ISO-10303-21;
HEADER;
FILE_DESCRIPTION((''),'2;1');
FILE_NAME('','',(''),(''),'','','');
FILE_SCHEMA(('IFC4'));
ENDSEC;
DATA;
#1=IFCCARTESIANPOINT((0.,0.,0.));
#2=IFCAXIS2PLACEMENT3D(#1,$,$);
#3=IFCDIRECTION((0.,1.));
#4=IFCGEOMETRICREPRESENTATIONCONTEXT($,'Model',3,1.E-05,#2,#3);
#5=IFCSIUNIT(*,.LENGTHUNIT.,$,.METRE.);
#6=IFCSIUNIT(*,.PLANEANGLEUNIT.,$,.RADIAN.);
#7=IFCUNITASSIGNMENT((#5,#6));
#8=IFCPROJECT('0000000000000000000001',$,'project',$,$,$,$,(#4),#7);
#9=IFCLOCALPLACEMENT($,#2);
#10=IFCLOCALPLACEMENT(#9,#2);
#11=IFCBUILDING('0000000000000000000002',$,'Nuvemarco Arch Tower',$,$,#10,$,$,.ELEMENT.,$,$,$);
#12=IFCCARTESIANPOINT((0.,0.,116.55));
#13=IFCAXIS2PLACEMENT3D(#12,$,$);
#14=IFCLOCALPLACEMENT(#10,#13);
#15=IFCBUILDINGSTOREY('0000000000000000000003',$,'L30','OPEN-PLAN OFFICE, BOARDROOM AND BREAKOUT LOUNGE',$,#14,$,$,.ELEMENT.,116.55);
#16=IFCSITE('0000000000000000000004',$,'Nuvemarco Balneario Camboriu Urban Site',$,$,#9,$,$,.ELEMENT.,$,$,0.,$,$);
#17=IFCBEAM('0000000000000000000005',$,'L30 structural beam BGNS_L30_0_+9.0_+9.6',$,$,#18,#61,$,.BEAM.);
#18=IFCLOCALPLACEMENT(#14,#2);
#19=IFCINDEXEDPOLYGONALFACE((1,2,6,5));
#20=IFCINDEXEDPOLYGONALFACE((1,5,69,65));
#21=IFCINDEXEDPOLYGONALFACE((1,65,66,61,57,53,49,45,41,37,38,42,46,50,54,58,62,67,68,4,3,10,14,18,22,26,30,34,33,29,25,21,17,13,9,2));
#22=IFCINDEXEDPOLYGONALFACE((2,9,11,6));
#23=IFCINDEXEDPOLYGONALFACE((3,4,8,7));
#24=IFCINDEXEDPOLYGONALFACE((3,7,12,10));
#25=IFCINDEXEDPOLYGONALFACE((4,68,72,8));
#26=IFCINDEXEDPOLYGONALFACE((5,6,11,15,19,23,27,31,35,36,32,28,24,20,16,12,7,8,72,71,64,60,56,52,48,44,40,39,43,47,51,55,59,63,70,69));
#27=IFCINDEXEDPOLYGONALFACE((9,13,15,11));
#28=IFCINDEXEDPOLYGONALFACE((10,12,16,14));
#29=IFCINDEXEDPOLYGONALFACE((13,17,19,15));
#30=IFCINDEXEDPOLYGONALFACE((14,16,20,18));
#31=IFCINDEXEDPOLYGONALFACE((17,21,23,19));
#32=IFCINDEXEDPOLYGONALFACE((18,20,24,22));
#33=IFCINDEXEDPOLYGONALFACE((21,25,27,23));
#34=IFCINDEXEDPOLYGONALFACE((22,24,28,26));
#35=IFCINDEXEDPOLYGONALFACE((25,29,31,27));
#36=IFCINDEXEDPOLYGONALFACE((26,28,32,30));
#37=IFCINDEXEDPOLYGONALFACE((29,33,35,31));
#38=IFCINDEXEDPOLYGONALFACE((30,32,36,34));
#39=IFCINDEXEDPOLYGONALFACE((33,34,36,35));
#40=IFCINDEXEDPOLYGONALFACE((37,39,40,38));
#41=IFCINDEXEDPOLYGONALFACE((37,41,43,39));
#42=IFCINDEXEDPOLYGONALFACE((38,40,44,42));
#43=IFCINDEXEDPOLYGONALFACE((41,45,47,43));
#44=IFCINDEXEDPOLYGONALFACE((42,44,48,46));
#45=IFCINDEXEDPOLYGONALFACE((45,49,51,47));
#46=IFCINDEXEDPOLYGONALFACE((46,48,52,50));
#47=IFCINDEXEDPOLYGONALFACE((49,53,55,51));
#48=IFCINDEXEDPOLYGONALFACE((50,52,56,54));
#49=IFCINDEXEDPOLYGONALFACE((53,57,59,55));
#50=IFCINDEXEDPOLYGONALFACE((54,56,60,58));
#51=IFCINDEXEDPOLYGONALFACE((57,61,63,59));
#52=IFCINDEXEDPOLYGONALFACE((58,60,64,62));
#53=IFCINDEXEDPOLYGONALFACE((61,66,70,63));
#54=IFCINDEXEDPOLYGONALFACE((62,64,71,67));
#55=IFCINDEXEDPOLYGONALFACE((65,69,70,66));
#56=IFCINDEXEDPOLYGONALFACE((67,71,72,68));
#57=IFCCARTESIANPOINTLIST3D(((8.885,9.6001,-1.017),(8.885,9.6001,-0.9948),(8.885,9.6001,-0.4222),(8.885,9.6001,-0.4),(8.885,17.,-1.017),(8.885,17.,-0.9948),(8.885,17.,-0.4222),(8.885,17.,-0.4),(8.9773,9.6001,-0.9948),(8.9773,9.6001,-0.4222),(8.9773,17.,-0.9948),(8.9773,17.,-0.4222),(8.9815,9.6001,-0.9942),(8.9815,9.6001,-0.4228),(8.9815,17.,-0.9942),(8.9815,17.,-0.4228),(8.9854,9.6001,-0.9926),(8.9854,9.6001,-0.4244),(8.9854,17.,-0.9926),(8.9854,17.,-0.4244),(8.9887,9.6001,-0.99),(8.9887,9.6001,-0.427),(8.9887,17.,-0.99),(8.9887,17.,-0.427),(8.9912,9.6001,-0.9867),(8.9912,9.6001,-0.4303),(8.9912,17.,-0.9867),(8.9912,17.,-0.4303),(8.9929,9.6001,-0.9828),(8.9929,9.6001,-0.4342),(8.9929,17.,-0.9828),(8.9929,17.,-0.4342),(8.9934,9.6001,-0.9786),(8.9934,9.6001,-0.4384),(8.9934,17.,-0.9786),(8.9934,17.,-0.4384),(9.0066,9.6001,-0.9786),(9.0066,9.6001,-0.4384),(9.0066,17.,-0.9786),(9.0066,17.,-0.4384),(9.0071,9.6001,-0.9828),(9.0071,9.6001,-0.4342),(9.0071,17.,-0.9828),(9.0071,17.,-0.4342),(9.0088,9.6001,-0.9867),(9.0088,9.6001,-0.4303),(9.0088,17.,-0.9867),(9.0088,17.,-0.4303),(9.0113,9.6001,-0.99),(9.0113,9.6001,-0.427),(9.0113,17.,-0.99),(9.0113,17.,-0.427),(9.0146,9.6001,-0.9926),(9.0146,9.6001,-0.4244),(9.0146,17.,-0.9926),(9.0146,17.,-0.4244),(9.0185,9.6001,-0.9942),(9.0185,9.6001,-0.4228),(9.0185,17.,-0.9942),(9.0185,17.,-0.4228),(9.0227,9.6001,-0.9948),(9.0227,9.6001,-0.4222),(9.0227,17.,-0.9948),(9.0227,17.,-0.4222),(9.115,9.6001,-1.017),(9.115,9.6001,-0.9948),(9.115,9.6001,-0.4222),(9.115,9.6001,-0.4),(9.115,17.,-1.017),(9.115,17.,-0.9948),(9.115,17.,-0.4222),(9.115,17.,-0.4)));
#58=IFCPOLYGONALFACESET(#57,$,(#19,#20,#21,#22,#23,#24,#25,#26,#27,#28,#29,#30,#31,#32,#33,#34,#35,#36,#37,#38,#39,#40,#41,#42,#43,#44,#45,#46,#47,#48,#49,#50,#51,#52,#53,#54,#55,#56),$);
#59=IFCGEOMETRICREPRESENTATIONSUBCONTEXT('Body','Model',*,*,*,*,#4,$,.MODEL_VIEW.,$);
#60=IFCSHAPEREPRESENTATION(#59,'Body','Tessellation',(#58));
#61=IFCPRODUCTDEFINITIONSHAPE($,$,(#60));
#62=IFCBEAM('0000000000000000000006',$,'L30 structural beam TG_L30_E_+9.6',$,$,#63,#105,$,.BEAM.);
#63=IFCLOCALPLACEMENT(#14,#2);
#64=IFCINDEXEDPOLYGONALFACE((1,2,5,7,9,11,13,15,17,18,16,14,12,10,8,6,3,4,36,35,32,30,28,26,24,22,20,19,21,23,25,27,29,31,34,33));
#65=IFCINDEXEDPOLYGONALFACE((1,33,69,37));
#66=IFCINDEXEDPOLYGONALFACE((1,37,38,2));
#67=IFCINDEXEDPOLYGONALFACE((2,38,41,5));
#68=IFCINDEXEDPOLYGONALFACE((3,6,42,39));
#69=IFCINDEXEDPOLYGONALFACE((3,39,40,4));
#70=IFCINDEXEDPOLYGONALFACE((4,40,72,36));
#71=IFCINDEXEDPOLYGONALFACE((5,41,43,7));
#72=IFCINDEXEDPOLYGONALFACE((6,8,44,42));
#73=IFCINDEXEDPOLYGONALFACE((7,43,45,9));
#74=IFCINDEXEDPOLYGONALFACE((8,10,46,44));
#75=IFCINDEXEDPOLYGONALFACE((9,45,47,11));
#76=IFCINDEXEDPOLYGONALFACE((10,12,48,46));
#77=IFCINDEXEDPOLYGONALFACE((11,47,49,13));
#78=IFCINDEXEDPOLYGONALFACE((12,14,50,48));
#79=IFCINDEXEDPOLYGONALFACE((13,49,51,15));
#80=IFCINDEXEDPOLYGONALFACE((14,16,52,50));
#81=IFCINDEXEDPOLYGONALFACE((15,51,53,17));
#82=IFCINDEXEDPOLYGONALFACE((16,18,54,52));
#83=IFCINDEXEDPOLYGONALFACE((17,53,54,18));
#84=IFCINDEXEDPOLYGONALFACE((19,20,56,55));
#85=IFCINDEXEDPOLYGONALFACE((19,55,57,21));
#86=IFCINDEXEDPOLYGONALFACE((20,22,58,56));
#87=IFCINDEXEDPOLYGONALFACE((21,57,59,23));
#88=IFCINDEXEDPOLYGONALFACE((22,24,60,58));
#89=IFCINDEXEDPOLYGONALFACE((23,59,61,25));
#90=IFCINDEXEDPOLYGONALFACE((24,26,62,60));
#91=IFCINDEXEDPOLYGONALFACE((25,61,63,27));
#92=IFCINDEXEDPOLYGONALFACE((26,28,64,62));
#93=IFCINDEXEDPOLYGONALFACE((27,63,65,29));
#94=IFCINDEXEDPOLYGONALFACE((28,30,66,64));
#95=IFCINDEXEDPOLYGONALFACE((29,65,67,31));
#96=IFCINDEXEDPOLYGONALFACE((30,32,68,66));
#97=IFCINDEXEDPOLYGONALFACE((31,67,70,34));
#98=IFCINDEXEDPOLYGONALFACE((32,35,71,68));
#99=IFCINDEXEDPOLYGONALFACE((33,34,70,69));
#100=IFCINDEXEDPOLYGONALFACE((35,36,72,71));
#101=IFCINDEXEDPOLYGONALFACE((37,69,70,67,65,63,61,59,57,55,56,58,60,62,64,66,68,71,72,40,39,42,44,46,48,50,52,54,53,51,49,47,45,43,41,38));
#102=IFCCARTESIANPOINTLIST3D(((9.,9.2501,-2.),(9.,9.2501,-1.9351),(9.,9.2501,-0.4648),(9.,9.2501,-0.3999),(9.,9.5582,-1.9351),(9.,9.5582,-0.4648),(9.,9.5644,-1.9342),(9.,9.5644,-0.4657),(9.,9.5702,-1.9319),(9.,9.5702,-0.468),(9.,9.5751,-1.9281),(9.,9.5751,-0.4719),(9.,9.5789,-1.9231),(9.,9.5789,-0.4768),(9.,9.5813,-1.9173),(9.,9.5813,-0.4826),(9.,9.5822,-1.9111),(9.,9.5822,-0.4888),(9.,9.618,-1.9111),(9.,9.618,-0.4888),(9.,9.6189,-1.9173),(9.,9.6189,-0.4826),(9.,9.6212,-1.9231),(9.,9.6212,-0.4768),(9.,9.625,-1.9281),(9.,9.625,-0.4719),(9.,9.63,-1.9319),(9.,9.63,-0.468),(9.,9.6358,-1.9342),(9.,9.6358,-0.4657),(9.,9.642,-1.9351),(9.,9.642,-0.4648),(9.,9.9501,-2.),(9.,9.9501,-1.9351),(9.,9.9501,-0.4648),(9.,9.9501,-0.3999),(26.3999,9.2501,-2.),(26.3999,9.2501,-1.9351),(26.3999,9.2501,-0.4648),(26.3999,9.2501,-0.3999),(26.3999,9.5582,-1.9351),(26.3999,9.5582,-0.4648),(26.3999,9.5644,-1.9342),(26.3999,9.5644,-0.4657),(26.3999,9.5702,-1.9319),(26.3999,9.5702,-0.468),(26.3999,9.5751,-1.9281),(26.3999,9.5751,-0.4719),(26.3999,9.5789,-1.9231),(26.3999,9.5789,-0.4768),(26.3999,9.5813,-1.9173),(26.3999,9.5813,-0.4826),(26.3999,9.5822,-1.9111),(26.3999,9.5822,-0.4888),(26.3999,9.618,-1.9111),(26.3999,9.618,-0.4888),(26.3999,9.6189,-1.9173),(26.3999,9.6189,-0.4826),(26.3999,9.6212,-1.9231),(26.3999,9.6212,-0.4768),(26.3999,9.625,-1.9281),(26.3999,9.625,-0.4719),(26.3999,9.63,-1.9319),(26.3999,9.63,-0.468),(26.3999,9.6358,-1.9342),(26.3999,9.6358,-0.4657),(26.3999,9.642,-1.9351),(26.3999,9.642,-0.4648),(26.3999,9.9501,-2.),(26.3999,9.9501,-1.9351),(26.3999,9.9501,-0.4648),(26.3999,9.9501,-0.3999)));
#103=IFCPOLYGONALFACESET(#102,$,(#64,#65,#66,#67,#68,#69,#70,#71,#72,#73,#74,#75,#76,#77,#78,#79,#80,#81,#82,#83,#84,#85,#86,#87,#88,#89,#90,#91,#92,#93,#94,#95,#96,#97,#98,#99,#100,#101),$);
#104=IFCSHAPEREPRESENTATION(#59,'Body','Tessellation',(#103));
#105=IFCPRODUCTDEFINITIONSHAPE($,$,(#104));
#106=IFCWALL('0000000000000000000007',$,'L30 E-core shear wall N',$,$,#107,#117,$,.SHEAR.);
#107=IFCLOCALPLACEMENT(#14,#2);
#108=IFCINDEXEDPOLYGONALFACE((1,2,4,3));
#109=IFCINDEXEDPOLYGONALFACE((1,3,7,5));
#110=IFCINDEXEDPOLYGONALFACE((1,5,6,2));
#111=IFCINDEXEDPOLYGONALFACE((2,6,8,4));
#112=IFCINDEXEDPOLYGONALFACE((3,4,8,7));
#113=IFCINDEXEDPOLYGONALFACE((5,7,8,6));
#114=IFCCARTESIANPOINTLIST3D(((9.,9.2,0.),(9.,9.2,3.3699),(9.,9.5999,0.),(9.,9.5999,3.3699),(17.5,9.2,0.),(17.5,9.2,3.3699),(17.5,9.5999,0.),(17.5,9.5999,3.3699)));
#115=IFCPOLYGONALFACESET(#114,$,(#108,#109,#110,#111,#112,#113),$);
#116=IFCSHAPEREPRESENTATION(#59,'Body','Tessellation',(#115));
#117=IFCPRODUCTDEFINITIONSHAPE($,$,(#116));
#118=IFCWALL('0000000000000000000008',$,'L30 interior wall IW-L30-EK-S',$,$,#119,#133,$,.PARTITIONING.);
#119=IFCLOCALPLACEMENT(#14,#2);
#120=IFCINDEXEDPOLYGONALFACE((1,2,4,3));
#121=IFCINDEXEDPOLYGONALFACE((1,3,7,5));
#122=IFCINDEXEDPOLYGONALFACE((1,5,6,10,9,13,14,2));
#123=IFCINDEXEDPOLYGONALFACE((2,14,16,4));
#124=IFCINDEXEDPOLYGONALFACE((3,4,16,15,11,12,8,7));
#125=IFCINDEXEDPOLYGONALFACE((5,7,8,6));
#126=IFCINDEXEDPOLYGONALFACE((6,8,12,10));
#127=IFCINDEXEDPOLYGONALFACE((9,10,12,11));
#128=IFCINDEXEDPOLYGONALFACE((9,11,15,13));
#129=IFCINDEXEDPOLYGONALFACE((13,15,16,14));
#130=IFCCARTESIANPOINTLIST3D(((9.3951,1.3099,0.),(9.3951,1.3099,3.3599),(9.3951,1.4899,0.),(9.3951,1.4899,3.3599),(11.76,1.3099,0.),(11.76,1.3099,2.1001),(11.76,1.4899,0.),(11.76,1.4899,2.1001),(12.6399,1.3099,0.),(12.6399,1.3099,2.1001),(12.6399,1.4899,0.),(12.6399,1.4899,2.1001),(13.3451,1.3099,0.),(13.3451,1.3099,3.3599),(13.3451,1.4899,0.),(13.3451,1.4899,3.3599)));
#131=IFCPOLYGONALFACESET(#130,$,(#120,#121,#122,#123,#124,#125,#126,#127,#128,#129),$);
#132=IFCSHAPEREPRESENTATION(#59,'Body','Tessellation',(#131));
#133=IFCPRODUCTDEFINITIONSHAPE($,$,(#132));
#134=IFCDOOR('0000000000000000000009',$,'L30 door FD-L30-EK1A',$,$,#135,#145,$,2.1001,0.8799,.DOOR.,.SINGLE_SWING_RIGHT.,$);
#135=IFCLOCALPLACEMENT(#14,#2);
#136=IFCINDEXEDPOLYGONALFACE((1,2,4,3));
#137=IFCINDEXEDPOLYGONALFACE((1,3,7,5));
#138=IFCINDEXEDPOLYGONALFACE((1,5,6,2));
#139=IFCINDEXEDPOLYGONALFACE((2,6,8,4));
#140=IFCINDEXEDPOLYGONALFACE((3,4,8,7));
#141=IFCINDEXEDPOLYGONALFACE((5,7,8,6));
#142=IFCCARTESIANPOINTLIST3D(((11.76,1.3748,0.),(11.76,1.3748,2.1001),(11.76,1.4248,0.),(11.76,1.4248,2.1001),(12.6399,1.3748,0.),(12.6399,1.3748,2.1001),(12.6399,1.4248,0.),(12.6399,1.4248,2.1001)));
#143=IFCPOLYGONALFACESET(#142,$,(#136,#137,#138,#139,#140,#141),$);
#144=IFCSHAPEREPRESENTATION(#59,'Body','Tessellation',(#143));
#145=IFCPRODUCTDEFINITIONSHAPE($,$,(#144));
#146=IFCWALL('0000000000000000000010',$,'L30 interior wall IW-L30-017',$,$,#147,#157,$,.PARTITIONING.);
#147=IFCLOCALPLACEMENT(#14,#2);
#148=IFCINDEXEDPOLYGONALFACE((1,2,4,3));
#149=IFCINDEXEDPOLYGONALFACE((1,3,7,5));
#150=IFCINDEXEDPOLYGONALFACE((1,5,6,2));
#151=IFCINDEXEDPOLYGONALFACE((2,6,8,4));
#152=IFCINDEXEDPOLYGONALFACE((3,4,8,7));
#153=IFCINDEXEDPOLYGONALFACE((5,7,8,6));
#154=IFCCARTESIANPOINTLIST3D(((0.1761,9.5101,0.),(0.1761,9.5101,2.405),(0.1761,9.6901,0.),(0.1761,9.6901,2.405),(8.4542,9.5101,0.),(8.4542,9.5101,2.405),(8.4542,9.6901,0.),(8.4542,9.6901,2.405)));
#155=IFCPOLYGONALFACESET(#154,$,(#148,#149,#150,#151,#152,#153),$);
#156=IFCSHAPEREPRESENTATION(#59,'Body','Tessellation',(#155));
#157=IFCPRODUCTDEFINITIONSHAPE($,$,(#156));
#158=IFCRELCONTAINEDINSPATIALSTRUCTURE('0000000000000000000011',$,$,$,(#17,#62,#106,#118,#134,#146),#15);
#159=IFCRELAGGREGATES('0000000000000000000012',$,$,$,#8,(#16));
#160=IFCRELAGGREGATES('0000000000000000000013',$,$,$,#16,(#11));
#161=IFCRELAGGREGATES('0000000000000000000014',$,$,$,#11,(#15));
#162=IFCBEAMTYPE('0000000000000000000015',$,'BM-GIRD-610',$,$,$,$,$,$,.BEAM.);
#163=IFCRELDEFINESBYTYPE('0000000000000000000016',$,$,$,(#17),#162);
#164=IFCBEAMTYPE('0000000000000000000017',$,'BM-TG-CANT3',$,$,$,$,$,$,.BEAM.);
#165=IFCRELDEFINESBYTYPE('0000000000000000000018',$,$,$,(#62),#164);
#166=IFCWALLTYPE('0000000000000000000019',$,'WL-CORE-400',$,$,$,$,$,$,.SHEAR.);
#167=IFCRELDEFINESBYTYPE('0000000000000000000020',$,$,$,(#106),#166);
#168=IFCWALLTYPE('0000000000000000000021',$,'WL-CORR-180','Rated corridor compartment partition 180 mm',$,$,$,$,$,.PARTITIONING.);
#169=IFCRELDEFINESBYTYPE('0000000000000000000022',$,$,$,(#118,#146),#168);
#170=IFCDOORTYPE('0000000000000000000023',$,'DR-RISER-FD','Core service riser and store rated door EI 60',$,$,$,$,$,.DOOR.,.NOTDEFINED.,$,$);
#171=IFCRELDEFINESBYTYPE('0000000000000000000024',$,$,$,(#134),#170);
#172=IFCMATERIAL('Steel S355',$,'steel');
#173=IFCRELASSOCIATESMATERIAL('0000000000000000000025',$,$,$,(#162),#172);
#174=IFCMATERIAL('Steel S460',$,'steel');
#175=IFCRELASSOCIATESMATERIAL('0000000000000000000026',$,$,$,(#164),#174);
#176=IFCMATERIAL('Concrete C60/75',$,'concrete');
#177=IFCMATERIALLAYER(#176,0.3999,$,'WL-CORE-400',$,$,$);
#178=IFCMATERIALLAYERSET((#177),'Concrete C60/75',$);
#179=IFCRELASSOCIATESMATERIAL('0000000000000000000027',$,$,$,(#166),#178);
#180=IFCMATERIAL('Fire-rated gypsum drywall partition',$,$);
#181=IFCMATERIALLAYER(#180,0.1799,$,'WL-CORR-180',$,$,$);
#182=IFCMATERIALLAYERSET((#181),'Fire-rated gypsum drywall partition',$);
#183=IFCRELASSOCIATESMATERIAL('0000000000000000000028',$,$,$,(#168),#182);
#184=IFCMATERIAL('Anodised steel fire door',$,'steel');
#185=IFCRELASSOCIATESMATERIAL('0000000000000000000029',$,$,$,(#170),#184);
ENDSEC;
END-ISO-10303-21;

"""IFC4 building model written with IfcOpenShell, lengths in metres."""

from ifc_helpers import new_model, si_unit, direction, frame, frame_2d, origin, origin_2d, place, context, subcontext, project, spatial, rectangle, i_section, extrude, source, transform, mapped, material, layer, layer_set, material_profile, profile_set, type_object, type_shapes, element, fill, save


model = new_model("IFC4")

# Units and contexts
model_context = context("Model", 3, precision=1e-05, world=origin(), true_north=direction((0.0, 1.0)))
body_context = subcontext(model_context, "Body", "Model", "MODEL_VIEW")
ifc_project = project(units=[si_unit("LENGTHUNIT", "METRE"), si_unit("PLANEANGLEUNIT", "RADIAN")], contexts=[model_context])

# Site, building, storey
site_placement = place(None, origin())
site = spatial("IfcSite", under=ifc_project, at=site_placement, Name="Nuvemarco Balneario Camboriu Urban Site", CompositionType="ELEMENT", RefElevation=0.0)
building_placement = place(site_placement, origin())
building = spatial("IfcBuilding", under=site, at=building_placement, Name="Nuvemarco Arch Tower", CompositionType="ELEMENT")
storey_placement = place(building_placement, frame((0.0, 0.0, 116.55)))
storey = spatial("IfcBuildingStorey", under=building, at=storey_placement, Name="L30", Description="OPEN-PLAN OFFICE, BOARDROOM AND BREAKOUT LOUNGE", CompositionType="ELEMENT", Elevation=116.55)

# Shared definitions
ifc_material_1 = material(Name="Concrete C60/75", Category="concrete")
ifc_material_2 = material(Name="Steel S355", Category="steel")

# Beams
ifc_material_profile_1 = material_profile(ifc_material_2, i_section(OverallWidth=0.23, OverallDepth=0.6169, WebThickness=0.0132, FlangeThickness=0.0222, FilletRadius=0.0161, at=origin_2d()), Name="W610x140")
ifc_profile_set_1 = profile_set([ifc_material_profile_1], Name="Steel S355")
beam_type_1 = type_object("IfcBeamType", Name="BM-GIRD-610", PredefinedType="BEAM", material=ifc_profile_set_1)
beam_1_placement = place(storey_placement, frame((9.0, 9.6001, -0.7085), z_axis=(0.0, 1.0, 0.0), x_axis=(-1.0, 0.0, 0.0)))
element("IfcBeam", 1, at=beam_1_placement, inside=storey, type_object=beam_type_1, Name="L30 structural beam BGNS_L30_0_+9.0_+9.6", PredefinedType="BEAM", context=body_context, shape_type="SweptSolid", body=[
    extrude(i_section(OverallWidth=0.23, OverallDepth=0.6169, WebThickness=0.0132, FlangeThickness=0.0222, FilletRadius=0.0161, at=origin_2d()), origin(), (0.0, 0.0, 1.0), 7.3999),
])
ifc_material_3 = material(Name="Steel S460", Category="steel")
ifc_material_profile_2 = material_profile(ifc_material_3, i_section(OverallWidth=0.7, OverallDepth=1.6001, WebThickness=0.0359, FlangeThickness=0.0649, FilletRadius=0.0239, at=origin_2d()), Name="PG1600x700")
ifc_profile_set_2 = profile_set([ifc_material_profile_2], Name="Steel S460")
beam_type_2 = type_object("IfcBeamType", Name="BM-TG-CANT3", PredefinedType="BEAM", material=ifc_profile_set_2)
beam_2_placement = place(storey_placement, frame((9.0, 9.6001, -1.2), z_axis=(1.0, 0.0, 0.0), x_axis=(0.0, 1.0, 0.0)))
element("IfcBeam", 2, at=beam_2_placement, inside=storey, type_object=beam_type_2, Name="L30 structural beam TG_L30_E_+9.6", PredefinedType="BEAM", context=body_context, shape_type="SweptSolid", body=[
    extrude(i_section(OverallWidth=0.7, OverallDepth=1.6001, WebThickness=0.0359, FlangeThickness=0.0649, FilletRadius=0.0239, at=origin_2d()), origin(), (0.0, 0.0, 1.0), 17.3999),
])

# Wall
ifc_layer_1 = layer(ifc_material_1, 0.3999, Name="WL-CORE-400")
ifc_layer_set_1 = layer_set([ifc_layer_1], Name="Concrete C60/75")
wall_type_1 = type_object("IfcWallType", Name="WL-CORE-400", PredefinedType="SHEAR", material=ifc_layer_set_1)
wall_1_placement = place(storey_placement, frame((9.0, 9.3999, 0.0), z_axis=(0.0, 0.0, 1.0), x_axis=(1.0, 0.0, 0.0)))
element("IfcWall", 3, at=wall_1_placement, inside=storey, type_object=wall_type_1, Name="L30 E-core shear wall N", PredefinedType="SHEAR", context=body_context, shape_type="SweptSolid", body=[
    extrude(rectangle(XDim=8.5, YDim=0.3999, at=frame_2d((4.25, 0.0))), origin(), (0.0, 0.0, 1.0), 3.3699),
])

# Wall, opening, door
ifc_material_4 = material(Name="Fire-rated gypsum drywall partition")
ifc_layer_2 = layer(ifc_material_4, 0.1799, Name="WL-CORR-180")
ifc_layer_set_2 = layer_set([ifc_layer_2], Name="Fire-rated gypsum drywall partition")
wall_type_2 = type_object("IfcWallType", Name="WL-CORR-180", Description="Rated corridor compartment partition 180 mm", PredefinedType="PARTITIONING", material=ifc_layer_set_2)
wall_2_placement = place(storey_placement, frame((9.395, 1.3999, 0.0), z_axis=(0.0, 0.0, 1.0), x_axis=(1.0, 0.0, 0.0)))
wall_2 = element("IfcWall", 4, at=wall_2_placement, inside=storey, type_object=wall_type_2, Name="L30 interior wall IW-L30-EK-S", PredefinedType="PARTITIONING", context=body_context, shape_type="SweptSolid", body=[
    extrude(rectangle(XDim=3.95, YDim=0.1799, at=frame_2d((1.9751, 0.0))), origin(), (0.0, 0.0, 1.0), 3.3599),
])
opening_1_placement = place(wall_2_placement, frame((2.365, 0.0, 0.0)))
opening_1 = element("IfcOpeningElement", 5, at=opening_1_placement, cuts=wall_2, PredefinedType="OPENING", context=body_context, shape_type="SweptSolid", body=[
    extrude(rectangle(XDim=0.8799, YDim=2.1001, at=frame_2d((0.4399, 1.05))), frame((0.0, 0.0999, 0.0), z_axis=(0.0, -1.0, 0.0), x_axis=(1.0, 0.0, 0.0)), (0.0, 0.0, 1.0), 0.2),
])
ifc_material_5 = material(Name="Anodised steel fire door", Category="steel")
door_type_1 = type_object("IfcDoorType", Name="DR-RISER-FD", Description="Core service riser and store rated door EI 60", OperationType="NOTDEFINED", PredefinedType="DOOR", material=ifc_material_5)
shared_shape_1 = source(origin(), body_context, "Body", "SweptSolid", [
    extrude(rectangle(XDim=0.8799, YDim=2.1001, at=frame_2d((0.4399, 1.05))), frame((0.0, 0.0249, 0.0), z_axis=(0.0, -1.0, 0.0), x_axis=(1.0, 0.0, 0.0)), (0.0, 0.0, 1.0), 0.05),
])
type_shapes(door_type_1, [shared_shape_1])
door_1_placement = place(opening_1_placement, origin())
door_1 = element("IfcDoor", 6, at=door_1_placement, inside=storey, type_object=door_type_1, Name="L30 door FD-L30-EK1A", OperationType="SINGLE_SWING_RIGHT", OverallHeight=2.1001, OverallWidth=0.8799, PredefinedType="DOOR", context=body_context, shape_type="MappedRepresentation", body=[
    mapped(shared_shape_1, transform((0.0, 0.0, 0.0), scale=1.0)),
])
fill(opening_1, door_1)

# Wall
wall_3_placement = place(storey_placement, frame((0.176, 9.6001, 0.0), z_axis=(0.0, 0.0, 1.0), x_axis=(1.0, 0.0, 0.0)))
element("IfcWall", 7, at=wall_3_placement, inside=storey, type_object=wall_type_2, Name="L30 interior wall IW-L30-017", PredefinedType="PARTITIONING", context=body_context, shape_type="SweptSolid", body=[
    extrude(rectangle(XDim=8.2781, YDim=0.1799, at=frame_2d((4.1392, 0.0))), origin(), (0.0, 0.0, 1.0), 2.405),
])

save(model, "model.ifc")
